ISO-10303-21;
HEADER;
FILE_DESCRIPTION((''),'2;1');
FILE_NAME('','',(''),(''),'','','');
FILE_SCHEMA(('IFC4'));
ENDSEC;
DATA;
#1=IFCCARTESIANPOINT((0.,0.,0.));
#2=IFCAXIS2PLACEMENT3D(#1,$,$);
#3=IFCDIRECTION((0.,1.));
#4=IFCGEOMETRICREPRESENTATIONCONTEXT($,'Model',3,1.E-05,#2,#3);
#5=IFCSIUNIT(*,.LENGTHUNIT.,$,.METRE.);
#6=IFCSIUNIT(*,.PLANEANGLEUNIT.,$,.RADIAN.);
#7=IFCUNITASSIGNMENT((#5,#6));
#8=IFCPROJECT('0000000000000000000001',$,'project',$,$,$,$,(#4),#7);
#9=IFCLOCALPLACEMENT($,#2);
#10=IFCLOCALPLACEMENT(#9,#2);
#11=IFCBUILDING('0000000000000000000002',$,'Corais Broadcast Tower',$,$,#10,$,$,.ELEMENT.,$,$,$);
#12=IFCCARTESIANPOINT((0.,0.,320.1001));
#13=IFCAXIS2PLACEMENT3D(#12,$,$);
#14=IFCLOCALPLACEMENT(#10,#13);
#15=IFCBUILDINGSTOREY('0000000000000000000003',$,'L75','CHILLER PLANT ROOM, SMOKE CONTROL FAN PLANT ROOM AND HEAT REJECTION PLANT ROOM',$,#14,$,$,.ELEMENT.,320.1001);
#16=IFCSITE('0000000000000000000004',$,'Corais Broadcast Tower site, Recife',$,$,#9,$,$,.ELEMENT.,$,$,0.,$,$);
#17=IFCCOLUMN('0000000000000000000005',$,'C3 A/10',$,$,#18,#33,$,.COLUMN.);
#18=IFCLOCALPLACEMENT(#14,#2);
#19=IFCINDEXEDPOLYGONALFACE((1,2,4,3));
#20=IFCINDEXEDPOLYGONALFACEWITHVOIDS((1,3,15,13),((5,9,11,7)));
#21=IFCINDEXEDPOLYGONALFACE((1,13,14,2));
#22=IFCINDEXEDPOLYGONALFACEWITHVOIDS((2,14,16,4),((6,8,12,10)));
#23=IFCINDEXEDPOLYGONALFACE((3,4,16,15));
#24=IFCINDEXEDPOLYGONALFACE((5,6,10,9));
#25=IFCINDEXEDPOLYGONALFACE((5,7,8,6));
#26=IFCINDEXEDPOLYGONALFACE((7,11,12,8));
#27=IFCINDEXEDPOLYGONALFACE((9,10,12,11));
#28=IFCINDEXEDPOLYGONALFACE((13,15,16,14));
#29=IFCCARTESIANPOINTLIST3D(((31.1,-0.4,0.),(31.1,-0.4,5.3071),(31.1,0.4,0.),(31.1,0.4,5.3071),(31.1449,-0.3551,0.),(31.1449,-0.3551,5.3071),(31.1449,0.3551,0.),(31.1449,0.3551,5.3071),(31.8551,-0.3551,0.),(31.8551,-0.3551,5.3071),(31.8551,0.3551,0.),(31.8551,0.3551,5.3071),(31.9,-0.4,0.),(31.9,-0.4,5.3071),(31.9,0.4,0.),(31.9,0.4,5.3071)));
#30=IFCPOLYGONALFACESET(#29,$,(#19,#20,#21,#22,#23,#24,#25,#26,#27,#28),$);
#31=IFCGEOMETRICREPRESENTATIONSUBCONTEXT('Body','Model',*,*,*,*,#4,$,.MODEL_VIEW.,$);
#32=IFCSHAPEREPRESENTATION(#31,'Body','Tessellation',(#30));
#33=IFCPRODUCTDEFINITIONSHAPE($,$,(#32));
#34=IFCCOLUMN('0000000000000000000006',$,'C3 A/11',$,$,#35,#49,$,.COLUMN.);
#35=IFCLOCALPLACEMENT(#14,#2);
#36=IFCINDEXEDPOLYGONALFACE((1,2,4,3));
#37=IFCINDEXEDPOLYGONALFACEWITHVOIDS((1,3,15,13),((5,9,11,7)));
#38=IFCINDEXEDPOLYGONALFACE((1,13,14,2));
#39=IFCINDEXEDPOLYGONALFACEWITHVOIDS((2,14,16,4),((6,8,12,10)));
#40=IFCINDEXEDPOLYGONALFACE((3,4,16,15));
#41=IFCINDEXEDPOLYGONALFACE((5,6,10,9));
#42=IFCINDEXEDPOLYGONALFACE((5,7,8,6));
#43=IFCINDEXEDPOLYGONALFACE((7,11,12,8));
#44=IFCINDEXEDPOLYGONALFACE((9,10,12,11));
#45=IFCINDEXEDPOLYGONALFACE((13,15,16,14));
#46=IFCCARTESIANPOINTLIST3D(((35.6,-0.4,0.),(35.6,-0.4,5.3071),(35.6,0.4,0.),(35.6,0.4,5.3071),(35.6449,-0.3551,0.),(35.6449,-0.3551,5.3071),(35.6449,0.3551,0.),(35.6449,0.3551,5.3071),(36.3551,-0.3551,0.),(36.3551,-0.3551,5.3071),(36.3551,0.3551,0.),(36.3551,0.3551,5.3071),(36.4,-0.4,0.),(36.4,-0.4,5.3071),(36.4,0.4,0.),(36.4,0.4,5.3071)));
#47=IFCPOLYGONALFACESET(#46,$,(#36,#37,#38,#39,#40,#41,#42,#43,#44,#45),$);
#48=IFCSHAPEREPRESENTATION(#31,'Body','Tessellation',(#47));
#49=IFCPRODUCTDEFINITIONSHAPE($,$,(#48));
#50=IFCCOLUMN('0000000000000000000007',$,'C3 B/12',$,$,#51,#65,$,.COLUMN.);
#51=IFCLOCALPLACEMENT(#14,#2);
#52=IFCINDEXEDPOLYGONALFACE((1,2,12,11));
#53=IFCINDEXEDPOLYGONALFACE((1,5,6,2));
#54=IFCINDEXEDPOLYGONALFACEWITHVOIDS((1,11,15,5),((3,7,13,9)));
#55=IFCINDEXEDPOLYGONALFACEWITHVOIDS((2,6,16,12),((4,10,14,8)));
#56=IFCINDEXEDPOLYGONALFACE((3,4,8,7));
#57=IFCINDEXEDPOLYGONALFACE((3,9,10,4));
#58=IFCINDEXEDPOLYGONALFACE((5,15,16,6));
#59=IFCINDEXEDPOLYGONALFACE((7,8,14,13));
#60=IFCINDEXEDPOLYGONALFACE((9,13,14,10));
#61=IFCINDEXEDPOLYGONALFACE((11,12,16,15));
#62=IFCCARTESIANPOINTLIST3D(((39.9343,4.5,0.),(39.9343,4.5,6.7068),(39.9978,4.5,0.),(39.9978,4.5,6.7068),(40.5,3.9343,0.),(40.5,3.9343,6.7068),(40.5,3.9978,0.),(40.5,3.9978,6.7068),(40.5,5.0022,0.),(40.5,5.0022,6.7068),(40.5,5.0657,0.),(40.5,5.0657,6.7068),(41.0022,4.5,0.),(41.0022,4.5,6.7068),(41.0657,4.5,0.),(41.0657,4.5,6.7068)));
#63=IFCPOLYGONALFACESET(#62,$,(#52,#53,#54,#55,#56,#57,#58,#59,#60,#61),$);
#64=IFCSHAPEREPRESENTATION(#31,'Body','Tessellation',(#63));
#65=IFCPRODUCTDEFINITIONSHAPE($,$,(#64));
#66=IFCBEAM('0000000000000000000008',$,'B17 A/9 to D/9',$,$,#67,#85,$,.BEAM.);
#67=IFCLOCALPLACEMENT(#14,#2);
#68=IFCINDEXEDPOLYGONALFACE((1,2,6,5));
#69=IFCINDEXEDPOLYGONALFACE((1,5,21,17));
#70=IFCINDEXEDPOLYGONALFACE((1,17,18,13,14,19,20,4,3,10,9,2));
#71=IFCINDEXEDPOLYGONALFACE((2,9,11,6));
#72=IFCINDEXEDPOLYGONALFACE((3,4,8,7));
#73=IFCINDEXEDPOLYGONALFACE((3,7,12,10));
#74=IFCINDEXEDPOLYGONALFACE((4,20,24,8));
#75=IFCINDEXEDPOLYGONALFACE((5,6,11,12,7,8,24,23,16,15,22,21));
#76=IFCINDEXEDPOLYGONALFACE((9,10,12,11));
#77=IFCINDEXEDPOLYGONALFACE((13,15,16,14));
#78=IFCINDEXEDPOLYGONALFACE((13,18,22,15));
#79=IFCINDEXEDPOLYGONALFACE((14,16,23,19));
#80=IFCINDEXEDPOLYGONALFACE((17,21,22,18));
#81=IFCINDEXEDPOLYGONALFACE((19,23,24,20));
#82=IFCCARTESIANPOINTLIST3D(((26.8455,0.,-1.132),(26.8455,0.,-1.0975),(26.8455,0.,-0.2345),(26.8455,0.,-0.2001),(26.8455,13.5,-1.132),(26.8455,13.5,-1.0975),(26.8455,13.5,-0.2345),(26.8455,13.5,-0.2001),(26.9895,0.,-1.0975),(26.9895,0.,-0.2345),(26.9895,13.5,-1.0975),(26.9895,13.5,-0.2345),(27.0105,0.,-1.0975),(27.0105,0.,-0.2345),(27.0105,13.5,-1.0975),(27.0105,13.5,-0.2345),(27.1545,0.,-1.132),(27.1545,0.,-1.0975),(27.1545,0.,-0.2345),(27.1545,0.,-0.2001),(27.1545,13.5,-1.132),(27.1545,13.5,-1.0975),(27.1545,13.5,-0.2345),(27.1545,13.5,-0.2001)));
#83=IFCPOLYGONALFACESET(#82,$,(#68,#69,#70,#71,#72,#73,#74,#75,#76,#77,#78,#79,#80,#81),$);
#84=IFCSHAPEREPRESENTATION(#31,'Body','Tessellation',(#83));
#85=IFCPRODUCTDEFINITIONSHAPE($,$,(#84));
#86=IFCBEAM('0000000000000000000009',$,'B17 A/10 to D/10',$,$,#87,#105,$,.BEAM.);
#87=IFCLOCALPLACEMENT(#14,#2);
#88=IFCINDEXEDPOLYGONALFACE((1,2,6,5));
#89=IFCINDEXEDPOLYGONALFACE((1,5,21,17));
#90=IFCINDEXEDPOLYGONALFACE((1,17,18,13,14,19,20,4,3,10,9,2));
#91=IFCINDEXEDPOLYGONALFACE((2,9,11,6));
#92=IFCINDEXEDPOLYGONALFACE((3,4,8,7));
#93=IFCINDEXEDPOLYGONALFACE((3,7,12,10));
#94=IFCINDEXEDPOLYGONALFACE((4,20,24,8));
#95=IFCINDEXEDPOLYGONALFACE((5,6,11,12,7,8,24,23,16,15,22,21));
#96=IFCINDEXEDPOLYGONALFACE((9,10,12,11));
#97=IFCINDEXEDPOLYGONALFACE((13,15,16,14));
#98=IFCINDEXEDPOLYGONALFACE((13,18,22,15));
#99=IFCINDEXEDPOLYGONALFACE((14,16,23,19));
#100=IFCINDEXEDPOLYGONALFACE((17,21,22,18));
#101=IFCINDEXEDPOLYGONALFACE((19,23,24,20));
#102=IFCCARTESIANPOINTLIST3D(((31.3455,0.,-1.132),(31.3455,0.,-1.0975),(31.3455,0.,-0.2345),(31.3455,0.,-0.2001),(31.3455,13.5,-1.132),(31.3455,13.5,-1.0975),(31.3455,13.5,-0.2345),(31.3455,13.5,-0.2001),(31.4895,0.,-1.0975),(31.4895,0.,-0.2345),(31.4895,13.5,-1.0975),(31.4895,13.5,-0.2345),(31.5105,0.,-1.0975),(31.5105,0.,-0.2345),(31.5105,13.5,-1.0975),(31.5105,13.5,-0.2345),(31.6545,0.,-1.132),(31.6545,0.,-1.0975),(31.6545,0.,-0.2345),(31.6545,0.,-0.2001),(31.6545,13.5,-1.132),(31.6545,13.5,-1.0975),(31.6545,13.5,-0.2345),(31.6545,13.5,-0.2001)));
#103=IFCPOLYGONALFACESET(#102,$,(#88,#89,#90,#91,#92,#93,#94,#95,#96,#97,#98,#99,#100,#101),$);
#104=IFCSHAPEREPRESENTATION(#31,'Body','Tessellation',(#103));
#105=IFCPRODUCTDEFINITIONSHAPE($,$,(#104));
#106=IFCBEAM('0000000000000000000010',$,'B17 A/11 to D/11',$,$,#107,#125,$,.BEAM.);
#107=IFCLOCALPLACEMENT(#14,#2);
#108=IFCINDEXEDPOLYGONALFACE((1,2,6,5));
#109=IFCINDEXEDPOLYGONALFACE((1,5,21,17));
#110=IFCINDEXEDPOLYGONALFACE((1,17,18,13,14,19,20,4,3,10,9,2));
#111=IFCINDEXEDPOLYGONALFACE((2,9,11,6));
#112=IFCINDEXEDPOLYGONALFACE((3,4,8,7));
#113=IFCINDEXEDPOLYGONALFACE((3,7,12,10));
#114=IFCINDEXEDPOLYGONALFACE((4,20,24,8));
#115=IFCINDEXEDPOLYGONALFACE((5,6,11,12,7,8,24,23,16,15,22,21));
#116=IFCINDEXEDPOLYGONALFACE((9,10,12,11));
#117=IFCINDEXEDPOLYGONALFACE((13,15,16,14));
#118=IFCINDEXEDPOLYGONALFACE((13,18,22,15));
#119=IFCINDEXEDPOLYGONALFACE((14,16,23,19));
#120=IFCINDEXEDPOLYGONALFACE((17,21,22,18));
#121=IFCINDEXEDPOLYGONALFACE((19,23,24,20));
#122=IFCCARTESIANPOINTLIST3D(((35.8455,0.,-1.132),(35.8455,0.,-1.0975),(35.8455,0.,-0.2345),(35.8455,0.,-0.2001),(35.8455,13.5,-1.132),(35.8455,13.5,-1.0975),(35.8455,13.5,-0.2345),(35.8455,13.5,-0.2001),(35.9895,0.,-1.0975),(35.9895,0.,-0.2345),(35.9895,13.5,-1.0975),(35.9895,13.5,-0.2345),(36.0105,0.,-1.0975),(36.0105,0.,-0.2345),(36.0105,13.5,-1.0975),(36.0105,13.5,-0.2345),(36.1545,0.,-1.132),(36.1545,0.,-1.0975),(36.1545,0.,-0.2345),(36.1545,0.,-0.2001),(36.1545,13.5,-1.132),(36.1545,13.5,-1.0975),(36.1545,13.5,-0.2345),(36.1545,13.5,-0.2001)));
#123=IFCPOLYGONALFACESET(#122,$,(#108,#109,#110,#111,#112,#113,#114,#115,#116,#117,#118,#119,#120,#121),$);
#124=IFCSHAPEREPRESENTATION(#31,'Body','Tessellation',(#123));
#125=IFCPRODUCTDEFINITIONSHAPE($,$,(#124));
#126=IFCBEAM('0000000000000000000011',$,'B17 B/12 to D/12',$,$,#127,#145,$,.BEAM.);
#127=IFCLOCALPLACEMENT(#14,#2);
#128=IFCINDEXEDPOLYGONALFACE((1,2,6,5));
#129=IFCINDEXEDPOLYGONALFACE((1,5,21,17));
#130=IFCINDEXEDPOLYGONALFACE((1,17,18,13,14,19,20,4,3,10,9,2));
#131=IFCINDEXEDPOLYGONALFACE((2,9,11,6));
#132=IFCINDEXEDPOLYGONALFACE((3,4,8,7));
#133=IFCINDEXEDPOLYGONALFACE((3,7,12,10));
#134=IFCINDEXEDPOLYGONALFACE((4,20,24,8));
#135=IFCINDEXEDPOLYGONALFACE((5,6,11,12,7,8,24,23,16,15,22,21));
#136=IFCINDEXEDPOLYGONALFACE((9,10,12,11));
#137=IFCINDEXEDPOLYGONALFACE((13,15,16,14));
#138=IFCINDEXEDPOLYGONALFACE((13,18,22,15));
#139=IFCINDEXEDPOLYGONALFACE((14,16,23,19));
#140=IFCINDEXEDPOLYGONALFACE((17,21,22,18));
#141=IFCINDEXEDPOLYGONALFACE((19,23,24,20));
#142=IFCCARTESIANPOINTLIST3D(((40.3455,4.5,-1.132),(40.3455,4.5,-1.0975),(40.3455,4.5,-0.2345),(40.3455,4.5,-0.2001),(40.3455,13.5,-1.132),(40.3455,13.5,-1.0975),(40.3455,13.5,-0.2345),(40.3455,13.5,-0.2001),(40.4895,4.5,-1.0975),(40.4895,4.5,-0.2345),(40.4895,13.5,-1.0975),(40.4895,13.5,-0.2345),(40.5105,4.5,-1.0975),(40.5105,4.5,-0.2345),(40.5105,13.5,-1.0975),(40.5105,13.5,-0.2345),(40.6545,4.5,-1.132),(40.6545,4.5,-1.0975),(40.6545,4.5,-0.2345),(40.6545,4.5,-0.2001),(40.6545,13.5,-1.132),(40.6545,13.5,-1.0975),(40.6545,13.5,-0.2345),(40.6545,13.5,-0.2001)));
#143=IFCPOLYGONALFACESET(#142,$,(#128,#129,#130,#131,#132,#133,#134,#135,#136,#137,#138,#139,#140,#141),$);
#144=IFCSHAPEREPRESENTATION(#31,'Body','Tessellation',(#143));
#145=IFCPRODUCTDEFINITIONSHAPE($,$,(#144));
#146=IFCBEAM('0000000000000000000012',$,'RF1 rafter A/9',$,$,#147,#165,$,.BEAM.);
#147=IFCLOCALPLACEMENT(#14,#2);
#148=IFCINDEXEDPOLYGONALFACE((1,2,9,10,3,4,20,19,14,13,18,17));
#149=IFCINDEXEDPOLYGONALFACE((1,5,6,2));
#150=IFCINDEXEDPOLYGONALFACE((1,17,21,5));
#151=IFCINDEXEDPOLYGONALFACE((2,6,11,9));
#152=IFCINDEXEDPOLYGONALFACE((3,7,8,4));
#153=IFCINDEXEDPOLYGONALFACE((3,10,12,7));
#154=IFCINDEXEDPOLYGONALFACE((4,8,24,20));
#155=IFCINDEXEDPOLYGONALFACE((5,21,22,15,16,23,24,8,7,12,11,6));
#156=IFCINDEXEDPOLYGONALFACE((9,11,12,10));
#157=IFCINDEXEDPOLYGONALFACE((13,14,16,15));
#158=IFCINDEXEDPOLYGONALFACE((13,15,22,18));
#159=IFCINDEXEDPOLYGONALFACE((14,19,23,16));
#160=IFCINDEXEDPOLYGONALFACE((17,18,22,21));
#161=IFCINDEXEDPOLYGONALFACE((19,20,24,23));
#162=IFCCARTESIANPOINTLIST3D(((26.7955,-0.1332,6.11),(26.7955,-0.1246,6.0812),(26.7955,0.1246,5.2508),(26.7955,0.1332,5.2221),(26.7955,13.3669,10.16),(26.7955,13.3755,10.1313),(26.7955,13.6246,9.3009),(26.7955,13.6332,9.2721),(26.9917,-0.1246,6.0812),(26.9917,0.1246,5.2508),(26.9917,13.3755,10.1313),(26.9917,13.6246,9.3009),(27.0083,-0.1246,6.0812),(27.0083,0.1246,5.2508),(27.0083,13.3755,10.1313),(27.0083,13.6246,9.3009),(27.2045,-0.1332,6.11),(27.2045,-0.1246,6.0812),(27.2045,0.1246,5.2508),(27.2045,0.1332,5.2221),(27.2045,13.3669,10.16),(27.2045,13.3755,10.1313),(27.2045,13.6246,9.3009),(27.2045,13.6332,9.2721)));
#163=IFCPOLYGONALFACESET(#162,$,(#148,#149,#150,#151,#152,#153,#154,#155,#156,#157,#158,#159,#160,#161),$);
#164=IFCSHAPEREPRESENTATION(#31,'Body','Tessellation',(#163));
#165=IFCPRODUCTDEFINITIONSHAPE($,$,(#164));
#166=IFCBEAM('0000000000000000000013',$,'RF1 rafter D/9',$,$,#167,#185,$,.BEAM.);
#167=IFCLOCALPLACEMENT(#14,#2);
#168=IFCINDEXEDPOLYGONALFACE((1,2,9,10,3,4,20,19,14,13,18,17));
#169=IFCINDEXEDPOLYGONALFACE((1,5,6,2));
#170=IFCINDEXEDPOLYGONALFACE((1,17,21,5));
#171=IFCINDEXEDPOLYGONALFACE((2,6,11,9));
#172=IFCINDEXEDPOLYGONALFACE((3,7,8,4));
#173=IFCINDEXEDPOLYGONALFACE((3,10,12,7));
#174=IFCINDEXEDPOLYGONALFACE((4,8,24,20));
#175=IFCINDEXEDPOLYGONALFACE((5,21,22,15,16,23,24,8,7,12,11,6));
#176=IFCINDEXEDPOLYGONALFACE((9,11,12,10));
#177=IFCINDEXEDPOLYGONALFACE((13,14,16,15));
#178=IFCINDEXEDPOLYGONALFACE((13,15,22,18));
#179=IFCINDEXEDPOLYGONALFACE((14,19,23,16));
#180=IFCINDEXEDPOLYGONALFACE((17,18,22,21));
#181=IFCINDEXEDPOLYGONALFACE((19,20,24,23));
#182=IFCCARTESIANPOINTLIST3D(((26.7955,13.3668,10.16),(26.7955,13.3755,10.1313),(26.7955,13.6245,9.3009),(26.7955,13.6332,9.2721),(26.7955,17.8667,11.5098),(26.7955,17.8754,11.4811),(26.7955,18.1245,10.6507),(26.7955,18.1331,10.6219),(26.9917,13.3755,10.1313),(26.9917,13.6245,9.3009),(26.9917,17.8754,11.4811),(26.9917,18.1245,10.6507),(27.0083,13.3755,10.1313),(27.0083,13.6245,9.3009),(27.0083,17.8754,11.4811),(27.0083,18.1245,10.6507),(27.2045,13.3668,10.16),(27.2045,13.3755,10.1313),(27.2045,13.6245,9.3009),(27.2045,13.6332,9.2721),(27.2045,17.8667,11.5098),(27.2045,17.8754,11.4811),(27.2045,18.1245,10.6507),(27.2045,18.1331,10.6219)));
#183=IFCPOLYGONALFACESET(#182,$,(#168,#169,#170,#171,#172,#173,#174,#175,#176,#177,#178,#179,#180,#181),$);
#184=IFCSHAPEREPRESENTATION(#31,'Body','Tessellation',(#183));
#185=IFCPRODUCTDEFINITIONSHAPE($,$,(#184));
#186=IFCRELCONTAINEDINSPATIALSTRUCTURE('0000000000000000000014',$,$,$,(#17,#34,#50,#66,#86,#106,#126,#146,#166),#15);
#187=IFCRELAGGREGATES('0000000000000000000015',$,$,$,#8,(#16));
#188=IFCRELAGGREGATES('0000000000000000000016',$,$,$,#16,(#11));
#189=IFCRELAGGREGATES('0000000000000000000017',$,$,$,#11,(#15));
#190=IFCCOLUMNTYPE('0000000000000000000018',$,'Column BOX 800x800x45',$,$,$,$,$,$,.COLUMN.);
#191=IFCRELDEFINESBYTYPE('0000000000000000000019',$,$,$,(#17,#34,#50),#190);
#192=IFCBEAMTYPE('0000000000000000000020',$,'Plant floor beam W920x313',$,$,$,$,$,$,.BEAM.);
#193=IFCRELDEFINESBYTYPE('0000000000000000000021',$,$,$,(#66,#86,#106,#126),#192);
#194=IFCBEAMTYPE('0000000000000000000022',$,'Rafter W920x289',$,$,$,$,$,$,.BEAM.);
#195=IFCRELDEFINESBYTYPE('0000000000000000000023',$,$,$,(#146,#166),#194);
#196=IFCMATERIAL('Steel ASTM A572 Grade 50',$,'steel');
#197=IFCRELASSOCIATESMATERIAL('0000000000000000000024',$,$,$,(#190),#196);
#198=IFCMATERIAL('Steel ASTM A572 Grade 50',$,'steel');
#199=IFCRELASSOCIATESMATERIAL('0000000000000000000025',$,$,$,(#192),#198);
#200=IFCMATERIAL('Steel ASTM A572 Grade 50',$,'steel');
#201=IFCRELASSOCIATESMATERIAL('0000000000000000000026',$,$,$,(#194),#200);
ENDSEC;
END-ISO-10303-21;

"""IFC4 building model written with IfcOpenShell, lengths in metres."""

from ifc_helpers import new_model, si_unit, direction, frame, origin, origin_2d, place, context, subcontext, project, spatial, hollow_rectangle, i_section, extrude, material, material_profile, profile_set, type_object, element, save


model = new_model("IFC4")

# Units and contexts
model_context = context("Model", 3, precision=1e-05, world=origin(), true_north=direction((0.0, 1.0)))
body_context = subcontext(model_context, "Body", "Model", "MODEL_VIEW")
ifc_project = project(units=[si_unit("LENGTHUNIT", "METRE"), si_unit("PLANEANGLEUNIT", "RADIAN")], contexts=[model_context])

# Site, building, storey
site_placement = place(None, origin())
site = spatial("IfcSite", under=ifc_project, at=site_placement, Name="Corais Broadcast Tower site, Recife", CompositionType="ELEMENT", RefElevation=0.0)
building_placement = place(site_placement, origin())
building = spatial("IfcBuilding", under=site, at=building_placement, Name="Corais Broadcast Tower", CompositionType="ELEMENT")
storey_placement = place(building_placement, frame((0.0, 0.0, 320.1001)))
storey = spatial("IfcBuildingStorey", under=building, at=storey_placement, Name="L75", Description="CHILLER PLANT ROOM, SMOKE CONTROL FAN PLANT ROOM AND HEAT REJECTION PLANT ROOM", CompositionType="ELEMENT", Elevation=320.1001)

# Columns
ifc_material_1 = material(Name="Steel ASTM A572 Grade 50", Category="steel")
ifc_material_profile_1 = material_profile(ifc_material_1, hollow_rectangle(XDim=0.8, YDim=0.8, WallThickness=0.0449, at=origin_2d()), Name="BOX 800x800x45")
ifc_profile_set_1 = profile_set([ifc_material_profile_1], Name="Steel ASTM A572 Grade 50")
column_type = type_object("IfcColumnType", Name="Column BOX 800x800x45", PredefinedType="COLUMN", material=ifc_profile_set_1)
for number, where, z_axis, x_axis, name in (
    (1, (31.5, 0.0, 0.0), (0.0, 0.0, 1.0), (1.0, 0.0, 0.0), "C3 A/10"),
    (2, (36.0, 0.0, 0.0), (0.0, 0.0, 1.0), (1.0, 0.0, 0.0), "C3 A/11"),
):
    element("IfcColumn", number, at=place(storey_placement, frame(where, z_axis=z_axis, x_axis=x_axis)), inside=storey, type_object=column_type, Name=name, PredefinedType="COLUMN", context=body_context, shape_type="SweptSolid", body=[
        extrude(hollow_rectangle(XDim=0.8, YDim=0.8, WallThickness=0.0449, at=origin_2d()), origin(), (0.0, 0.0, 1.0), 5.3071),
    ])
column_placement = place(storey_placement, frame((40.5, 4.5, 0.0), z_axis=(0.0, 0.0, 1.0), x_axis=(0.707107, 0.707107, 0.0)))
element("IfcColumn", 3, at=column_placement, inside=storey, type_object=column_type, Name="C3 B/12", PredefinedType="COLUMN", context=body_context, shape_type="SweptSolid", body=[
    extrude(hollow_rectangle(XDim=0.8, YDim=0.8, WallThickness=0.0449, at=origin_2d()), origin(), (0.0, 0.0, 1.0), 6.7068),
])

# Beams
ifc_material_2 = material(Name="Steel ASTM A572 Grade 50", Category="steel")
ifc_material_profile_2 = material_profile(ifc_material_2, i_section(OverallWidth=0.3091, OverallDepth=0.9319, WebThickness=0.021, FlangeThickness=0.0344, at=origin_2d()), Name="W920x313")
ifc_profile_set_2 = profile_set([ifc_material_profile_2], Name="Steel ASTM A572 Grade 50")
beam_type_1 = type_object("IfcBeamType", Name="Plant floor beam W920x313", PredefinedType="BEAM", material=ifc_profile_set_2)
for number, where, z_axis, x_axis, name in (
    (4, (27.0, 0.0, -0.666), (0.0, 1.0, 0.0), (-1.0, 0.0, 0.0), "B17 A/9 to D/9"),
    (5, (31.5, 0.0, -0.666), (0.0, 1.0, 0.0), (-1.0, 0.0, 0.0), "B17 A/10 to D/10"),
    (6, (36.0, 0.0, -0.666), (0.0, 1.0, 0.0), (-1.0, 0.0, 0.0), "B17 A/11 to D/11"),
):
    element("IfcBeam", number, at=place(storey_placement, frame(where, z_axis=z_axis, x_axis=x_axis)), inside=storey, type_object=beam_type_1, Name=name, PredefinedType="BEAM", context=body_context, shape_type="SweptSolid", body=[
        extrude(i_section(OverallWidth=0.3091, OverallDepth=0.9319, WebThickness=0.021, FlangeThickness=0.0344, at=origin_2d()), origin(), (0.0, 0.0, 1.0), 13.5),
    ])
beam_1_placement = place(storey_placement, frame((40.5, 4.5, -0.666), z_axis=(0.0, 1.0, 0.0), x_axis=(-1.0, 0.0, 0.0)))
element("IfcBeam", 7, at=beam_1_placement, inside=storey, type_object=beam_type_1, Name="B17 B/12 to D/12", PredefinedType="BEAM", context=body_context, shape_type="SweptSolid", body=[
    extrude(i_section(OverallWidth=0.3091, OverallDepth=0.9319, WebThickness=0.021, FlangeThickness=0.0344, at=origin_2d()), origin(), (0.0, 0.0, 1.0), 9.0),
])
ifc_material_3 = material(Name="Steel ASTM A572 Grade 50", Category="steel")
ifc_material_profile_3 = material_profile(ifc_material_3, i_section(OverallWidth=0.4089, OverallDepth=0.927, WebThickness=0.0166, FlangeThickness=0.03, at=origin_2d()), Name="W920x289")
ifc_profile_set_3 = profile_set([ifc_material_profile_3], Name="Steel ASTM A572 Grade 50")
beam_type_2 = type_object("IfcBeamType", Name="Rafter W920x289", PredefinedType="BEAM", material=ifc_profile_set_3)
beam_2_placement = place(storey_placement, frame((27.0, 0.0, 5.666), z_axis=(0.0, 0.957825, 0.287351), x_axis=(-1.0, 0.0, 0.0)))
element("IfcBeam", 8, at=beam_2_placement, inside=storey, type_object=beam_type_2, Name="RF1 rafter A/9", PredefinedType="BEAM", context=body_context, shape_type="SweptSolid", body=[
    extrude(i_section(OverallWidth=0.4089, OverallDepth=0.927, WebThickness=0.0166, FlangeThickness=0.03, at=origin_2d()), origin(), (0.0, 0.0, 1.0), 14.0945),
])
beam_3_placement = place(storey_placement, frame((27.0, 13.5, 9.7161), z_axis=(0.0, 0.957835, 0.287319), x_axis=(-1.0, 0.0, 0.0)))
element("IfcBeam", 9, at=beam_3_placement, inside=storey, type_object=beam_type_2, Name="RF1 rafter D/9", PredefinedType="BEAM", context=body_context, shape_type="SweptSolid", body=[
    extrude(i_section(OverallWidth=0.4089, OverallDepth=0.927, WebThickness=0.0166, FlangeThickness=0.03, at=origin_2d()), origin(), (0.0, 0.0, 1.0), 4.698),
])

save(model, "model.ifc")
